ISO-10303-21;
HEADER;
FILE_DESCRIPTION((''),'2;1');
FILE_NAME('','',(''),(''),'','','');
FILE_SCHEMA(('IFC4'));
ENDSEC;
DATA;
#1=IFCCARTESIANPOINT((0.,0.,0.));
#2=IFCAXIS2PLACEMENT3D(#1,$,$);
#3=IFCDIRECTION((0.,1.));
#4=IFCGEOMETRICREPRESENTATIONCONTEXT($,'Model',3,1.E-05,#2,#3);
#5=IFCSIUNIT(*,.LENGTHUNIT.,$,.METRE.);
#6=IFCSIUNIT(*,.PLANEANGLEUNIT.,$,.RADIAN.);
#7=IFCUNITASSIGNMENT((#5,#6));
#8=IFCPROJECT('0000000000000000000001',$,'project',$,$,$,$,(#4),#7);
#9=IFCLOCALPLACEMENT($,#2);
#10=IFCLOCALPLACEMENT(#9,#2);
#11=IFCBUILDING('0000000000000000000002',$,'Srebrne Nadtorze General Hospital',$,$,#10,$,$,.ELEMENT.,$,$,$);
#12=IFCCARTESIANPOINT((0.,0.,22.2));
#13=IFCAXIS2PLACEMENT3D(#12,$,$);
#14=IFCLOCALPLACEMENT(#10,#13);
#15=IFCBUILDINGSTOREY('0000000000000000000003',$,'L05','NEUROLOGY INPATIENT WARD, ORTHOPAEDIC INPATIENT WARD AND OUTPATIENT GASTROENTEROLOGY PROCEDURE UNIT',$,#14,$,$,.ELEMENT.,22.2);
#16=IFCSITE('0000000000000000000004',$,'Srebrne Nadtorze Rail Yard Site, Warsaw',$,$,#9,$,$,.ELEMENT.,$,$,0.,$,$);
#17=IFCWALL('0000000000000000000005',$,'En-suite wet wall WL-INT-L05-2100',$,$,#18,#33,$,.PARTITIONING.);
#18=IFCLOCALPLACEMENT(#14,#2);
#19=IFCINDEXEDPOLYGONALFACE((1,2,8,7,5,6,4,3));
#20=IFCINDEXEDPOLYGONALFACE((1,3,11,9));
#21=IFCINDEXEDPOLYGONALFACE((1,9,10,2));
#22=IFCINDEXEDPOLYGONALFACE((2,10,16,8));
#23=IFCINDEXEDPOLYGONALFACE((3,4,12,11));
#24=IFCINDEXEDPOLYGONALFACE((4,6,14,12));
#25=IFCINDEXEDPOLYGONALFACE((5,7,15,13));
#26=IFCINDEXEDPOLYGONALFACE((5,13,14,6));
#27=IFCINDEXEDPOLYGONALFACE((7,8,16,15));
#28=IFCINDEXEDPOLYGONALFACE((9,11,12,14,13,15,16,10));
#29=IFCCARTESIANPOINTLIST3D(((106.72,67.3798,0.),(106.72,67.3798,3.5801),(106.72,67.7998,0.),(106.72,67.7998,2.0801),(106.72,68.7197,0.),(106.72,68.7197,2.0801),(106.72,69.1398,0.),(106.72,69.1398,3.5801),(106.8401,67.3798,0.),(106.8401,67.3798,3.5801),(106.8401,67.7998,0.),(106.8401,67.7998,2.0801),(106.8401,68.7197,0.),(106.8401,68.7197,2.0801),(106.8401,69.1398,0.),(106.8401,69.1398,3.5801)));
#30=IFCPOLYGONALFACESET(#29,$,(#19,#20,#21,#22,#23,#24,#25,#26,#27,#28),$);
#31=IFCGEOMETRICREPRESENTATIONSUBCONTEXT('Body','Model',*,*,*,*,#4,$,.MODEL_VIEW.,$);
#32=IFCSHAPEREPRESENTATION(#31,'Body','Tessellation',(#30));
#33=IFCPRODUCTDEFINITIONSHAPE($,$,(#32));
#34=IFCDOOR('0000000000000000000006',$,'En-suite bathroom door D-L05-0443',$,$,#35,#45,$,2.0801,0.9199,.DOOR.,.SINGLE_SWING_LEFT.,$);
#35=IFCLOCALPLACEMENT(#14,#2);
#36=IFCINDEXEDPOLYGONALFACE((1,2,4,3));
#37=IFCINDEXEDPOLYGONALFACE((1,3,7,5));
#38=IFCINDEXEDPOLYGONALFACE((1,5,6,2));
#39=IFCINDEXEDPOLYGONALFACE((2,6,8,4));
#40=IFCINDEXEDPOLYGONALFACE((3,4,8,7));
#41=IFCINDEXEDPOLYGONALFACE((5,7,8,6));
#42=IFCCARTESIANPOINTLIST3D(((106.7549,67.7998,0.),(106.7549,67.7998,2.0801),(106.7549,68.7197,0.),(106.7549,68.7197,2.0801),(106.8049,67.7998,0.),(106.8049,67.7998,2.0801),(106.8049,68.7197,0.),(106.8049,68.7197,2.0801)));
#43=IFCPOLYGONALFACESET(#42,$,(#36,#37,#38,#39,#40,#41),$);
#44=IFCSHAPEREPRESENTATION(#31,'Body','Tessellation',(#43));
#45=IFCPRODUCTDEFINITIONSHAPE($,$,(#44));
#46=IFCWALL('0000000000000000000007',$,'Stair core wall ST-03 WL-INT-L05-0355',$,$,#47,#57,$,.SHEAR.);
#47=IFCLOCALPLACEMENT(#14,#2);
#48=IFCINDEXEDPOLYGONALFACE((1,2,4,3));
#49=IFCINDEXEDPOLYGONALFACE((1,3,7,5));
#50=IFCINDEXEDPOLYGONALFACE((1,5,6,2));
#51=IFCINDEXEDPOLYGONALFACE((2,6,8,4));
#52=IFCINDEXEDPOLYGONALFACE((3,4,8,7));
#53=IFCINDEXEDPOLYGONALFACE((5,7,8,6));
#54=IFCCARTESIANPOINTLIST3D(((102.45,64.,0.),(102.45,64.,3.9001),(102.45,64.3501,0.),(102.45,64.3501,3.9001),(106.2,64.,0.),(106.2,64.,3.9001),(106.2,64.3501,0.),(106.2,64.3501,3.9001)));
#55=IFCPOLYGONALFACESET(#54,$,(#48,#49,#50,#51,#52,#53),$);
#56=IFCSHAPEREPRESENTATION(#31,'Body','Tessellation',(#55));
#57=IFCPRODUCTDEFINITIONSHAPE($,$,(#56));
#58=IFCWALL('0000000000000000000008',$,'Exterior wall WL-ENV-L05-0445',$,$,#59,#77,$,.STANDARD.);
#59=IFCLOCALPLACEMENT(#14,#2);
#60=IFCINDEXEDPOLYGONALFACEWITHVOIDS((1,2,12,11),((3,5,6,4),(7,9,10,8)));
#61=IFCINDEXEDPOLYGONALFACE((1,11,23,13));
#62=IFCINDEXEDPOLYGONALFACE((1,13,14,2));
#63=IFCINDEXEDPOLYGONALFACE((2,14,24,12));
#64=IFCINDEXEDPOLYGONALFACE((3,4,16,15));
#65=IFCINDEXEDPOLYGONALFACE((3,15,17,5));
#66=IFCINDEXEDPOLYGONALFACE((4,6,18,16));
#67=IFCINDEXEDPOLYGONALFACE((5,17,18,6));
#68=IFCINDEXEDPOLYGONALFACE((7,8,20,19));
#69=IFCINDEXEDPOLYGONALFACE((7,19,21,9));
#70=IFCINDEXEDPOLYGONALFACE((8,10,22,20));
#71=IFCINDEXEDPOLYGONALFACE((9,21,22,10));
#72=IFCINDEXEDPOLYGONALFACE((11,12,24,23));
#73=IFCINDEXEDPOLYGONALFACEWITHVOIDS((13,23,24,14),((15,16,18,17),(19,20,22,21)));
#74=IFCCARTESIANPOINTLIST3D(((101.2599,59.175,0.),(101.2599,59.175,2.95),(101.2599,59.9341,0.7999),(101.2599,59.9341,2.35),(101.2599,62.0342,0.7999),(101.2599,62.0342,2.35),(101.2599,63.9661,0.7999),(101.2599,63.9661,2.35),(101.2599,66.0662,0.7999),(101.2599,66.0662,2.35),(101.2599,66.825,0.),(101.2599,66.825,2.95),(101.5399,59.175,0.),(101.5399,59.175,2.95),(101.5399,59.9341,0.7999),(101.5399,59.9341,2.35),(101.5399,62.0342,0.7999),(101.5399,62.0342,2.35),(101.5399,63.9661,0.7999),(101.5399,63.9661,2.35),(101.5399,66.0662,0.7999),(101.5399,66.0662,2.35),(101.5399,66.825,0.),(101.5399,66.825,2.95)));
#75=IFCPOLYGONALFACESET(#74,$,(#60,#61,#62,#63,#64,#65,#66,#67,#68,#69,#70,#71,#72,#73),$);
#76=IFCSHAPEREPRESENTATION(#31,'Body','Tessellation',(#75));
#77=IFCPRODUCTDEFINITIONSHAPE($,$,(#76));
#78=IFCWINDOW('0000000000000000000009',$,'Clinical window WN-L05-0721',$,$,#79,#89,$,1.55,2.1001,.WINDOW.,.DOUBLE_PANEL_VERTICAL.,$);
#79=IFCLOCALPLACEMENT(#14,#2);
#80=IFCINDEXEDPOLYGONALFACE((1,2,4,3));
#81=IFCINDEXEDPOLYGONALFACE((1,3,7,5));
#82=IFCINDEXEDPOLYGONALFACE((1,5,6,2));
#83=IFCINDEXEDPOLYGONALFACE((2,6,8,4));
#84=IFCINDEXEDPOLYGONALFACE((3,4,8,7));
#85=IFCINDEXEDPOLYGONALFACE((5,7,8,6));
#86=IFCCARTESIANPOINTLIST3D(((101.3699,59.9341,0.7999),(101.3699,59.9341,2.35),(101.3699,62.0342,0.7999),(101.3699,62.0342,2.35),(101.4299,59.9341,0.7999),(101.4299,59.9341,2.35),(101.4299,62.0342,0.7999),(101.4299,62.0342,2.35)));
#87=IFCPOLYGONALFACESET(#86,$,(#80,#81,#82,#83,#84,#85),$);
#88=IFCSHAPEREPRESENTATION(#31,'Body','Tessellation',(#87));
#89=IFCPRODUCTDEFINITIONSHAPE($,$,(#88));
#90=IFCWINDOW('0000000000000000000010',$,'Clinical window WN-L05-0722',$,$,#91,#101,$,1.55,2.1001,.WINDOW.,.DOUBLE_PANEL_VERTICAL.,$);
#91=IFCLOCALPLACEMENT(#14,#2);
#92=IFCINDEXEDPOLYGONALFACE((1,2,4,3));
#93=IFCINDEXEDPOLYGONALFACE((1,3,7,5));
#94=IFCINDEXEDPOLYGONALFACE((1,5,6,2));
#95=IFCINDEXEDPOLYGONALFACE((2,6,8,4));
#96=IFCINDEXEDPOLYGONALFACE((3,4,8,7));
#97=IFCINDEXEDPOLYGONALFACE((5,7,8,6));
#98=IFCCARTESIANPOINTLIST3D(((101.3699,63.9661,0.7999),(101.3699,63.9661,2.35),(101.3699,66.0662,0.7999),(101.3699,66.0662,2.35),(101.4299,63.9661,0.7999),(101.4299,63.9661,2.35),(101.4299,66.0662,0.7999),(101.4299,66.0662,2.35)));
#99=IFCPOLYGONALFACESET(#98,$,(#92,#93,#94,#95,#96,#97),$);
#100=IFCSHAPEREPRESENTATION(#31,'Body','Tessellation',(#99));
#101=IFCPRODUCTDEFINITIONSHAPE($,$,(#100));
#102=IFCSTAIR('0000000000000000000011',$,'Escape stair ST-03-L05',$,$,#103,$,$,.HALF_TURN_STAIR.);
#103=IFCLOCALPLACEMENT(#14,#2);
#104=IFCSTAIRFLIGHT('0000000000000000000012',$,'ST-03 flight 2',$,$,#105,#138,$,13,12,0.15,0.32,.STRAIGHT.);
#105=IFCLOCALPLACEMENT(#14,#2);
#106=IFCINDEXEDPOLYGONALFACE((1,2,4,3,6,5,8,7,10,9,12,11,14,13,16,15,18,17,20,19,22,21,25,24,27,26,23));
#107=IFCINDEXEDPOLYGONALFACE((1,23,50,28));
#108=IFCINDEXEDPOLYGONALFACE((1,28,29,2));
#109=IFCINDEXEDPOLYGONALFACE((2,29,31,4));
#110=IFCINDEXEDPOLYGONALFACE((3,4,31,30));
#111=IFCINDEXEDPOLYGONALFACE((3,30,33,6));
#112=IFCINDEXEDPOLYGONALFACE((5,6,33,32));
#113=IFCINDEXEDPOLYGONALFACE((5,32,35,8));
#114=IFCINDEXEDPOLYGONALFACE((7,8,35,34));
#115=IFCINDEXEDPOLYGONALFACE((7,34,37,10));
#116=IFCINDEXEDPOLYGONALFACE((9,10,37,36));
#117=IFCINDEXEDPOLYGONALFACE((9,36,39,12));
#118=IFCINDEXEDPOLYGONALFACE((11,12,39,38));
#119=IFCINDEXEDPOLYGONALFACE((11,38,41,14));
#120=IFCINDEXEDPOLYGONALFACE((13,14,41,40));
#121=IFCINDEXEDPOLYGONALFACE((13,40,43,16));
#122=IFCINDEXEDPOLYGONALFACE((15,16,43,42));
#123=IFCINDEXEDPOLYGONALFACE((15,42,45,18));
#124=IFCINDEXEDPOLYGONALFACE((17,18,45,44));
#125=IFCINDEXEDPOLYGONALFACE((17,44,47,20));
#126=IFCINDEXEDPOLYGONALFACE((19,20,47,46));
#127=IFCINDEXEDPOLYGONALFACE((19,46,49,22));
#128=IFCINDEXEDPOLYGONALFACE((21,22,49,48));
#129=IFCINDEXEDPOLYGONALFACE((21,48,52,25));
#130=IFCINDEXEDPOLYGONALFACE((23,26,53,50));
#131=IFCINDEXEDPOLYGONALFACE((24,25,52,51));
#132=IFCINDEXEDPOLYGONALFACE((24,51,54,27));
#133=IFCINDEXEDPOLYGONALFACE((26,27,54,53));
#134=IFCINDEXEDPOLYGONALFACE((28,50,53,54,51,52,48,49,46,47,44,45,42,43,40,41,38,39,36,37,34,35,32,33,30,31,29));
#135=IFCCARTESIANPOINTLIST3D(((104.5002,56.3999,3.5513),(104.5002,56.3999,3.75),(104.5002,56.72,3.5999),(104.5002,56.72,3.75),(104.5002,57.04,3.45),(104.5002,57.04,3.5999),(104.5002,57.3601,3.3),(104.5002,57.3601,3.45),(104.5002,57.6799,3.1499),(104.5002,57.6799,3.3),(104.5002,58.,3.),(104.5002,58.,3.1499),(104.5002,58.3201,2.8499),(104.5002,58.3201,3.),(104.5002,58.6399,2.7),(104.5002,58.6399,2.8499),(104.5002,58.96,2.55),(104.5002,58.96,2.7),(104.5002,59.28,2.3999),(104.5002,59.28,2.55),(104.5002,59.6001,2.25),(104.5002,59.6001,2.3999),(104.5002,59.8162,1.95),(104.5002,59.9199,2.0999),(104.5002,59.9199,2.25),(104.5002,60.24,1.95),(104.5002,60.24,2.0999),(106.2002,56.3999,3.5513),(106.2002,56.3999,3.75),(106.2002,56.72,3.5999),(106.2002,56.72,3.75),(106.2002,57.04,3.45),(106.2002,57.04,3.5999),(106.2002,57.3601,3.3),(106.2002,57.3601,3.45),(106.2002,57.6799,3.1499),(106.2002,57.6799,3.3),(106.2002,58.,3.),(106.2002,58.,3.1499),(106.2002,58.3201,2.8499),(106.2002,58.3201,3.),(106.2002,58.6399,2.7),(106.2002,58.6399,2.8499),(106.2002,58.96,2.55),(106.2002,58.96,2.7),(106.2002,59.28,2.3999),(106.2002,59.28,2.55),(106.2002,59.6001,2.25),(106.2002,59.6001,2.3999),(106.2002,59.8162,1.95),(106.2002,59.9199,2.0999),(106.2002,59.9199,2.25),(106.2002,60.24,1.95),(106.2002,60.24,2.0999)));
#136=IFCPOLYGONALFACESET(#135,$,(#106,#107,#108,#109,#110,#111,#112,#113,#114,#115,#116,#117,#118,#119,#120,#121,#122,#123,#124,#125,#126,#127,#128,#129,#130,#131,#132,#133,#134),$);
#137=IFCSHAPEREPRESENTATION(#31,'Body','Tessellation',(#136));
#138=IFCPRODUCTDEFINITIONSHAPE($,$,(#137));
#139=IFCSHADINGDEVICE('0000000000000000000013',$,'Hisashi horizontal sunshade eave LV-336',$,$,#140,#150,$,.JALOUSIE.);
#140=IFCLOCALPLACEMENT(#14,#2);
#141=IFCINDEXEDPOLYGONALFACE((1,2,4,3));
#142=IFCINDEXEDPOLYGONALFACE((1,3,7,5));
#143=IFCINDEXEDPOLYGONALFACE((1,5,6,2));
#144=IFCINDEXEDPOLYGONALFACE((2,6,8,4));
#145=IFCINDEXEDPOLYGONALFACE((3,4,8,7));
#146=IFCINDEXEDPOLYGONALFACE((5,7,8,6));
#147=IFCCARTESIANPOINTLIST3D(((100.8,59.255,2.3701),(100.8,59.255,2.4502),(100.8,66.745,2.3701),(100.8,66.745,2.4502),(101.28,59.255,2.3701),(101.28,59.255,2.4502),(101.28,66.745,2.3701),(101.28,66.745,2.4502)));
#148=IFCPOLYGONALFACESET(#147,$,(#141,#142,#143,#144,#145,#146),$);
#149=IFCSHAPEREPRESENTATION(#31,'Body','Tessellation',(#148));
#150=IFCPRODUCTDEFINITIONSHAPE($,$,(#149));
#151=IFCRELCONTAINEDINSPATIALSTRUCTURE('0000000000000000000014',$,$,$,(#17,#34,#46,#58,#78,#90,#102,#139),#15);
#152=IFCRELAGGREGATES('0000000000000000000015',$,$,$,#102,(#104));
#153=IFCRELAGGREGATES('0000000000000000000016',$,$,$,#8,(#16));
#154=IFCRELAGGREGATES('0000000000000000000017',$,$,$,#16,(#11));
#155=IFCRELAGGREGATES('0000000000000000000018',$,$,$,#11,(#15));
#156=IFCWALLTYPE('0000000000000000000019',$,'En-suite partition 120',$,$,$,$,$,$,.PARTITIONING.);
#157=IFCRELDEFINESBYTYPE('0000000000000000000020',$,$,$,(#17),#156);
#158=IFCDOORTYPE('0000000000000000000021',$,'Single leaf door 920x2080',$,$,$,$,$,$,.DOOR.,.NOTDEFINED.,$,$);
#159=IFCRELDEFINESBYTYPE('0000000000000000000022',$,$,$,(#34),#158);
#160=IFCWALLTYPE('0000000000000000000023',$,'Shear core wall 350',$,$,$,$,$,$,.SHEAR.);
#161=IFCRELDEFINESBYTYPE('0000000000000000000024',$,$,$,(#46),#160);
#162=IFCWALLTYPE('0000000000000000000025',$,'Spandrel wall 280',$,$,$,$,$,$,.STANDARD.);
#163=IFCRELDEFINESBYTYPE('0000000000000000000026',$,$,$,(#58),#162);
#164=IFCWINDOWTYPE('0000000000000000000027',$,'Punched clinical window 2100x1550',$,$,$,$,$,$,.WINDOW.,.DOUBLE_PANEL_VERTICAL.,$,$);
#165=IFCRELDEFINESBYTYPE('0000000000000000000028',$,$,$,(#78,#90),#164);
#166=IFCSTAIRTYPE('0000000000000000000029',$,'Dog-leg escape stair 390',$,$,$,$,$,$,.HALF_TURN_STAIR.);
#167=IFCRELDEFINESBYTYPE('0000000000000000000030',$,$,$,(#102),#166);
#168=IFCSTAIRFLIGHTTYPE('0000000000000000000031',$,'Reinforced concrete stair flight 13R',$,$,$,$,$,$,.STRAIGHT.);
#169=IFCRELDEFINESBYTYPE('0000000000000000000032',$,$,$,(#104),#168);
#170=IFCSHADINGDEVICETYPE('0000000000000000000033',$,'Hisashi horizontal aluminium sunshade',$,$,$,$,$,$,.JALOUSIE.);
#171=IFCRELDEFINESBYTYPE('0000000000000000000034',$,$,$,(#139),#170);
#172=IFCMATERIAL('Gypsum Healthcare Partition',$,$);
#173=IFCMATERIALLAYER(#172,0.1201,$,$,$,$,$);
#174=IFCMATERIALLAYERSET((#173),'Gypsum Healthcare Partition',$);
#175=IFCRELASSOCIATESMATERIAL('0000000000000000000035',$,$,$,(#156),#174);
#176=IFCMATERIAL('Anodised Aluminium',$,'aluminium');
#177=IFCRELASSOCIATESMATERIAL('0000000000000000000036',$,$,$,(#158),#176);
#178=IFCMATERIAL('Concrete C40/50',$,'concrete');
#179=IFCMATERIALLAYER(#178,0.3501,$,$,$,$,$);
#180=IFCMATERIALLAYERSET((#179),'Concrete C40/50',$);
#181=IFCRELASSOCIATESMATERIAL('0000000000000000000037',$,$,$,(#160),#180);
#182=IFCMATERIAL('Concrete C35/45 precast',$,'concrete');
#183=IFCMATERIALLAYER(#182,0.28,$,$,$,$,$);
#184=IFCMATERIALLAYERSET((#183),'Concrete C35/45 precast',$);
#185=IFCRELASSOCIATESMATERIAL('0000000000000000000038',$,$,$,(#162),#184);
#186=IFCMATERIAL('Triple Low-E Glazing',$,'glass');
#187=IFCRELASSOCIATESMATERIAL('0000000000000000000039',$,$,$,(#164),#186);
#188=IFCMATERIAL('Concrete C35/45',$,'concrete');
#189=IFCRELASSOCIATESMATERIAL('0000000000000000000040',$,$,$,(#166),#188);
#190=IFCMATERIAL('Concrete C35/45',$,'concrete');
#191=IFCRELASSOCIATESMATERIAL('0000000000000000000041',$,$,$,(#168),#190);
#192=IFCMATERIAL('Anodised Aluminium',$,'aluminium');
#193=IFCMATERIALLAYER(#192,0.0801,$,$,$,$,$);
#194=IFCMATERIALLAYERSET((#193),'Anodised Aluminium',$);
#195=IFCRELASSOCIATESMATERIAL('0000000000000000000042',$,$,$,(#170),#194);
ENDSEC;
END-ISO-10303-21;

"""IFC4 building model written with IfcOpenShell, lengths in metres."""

from ifc_helpers import new_model, si_unit, direction, frame, frame_2d, origin, origin_2d, place, context, subcontext, project, spatial, polyline, rectangle, outline, extrude, material, layer, layer_set, type_object, element, fill, aggregate, save


model = new_model("IFC4")

# Units and contexts
model_context = context("Model", 3, precision=1e-05, world=origin(), true_north=direction((0.0, 1.0)))
body_context = subcontext(model_context, "Body", "Model", "MODEL_VIEW")
ifc_project = project(units=[si_unit("LENGTHUNIT", "METRE"), si_unit("PLANEANGLEUNIT", "RADIAN")], contexts=[model_context])

# Site, building, storey
site_placement = place(None, origin())
site = spatial("IfcSite", under=ifc_project, at=site_placement, Name="Srebrne Nadtorze Rail Yard Site, Warsaw", CompositionType="ELEMENT", RefElevation=0.0)
building_placement = place(site_placement, origin())
building = spatial("IfcBuilding", under=site, at=building_placement, Name="Srebrne Nadtorze General Hospital", CompositionType="ELEMENT")
storey_placement = place(building_placement, frame((0.0, 0.0, 22.2)))
storey = spatial("IfcBuildingStorey", under=building, at=storey_placement, Name="L05", Description="NEUROLOGY INPATIENT WARD, ORTHOPAEDIC INPATIENT WARD AND OUTPATIENT GASTROENTEROLOGY PROCEDURE UNIT", CompositionType="ELEMENT", Elevation=22.2)

# Shared definitions
ifc_material_1 = material(Name="Gypsum Healthcare Partition")
ifc_layer_1 = layer(ifc_material_1, 0.1201)
ifc_layer_set_1 = layer_set([ifc_layer_1], Name="Gypsum Healthcare Partition")
wall_type_1 = type_object("IfcWallType", Name="En-suite partition 120", PredefinedType="PARTITIONING", material=ifc_layer_set_1)

# Wall, opening, door
wall_1_placement = place(storey_placement, frame((106.78, 67.3799, 0.0), z_axis=(0.0, 0.0, 1.0), x_axis=(0.0, 1.0, 0.0)))
wall_1 = element("IfcWall", 1, at=wall_1_placement, inside=storey, type_object=wall_type_1, Name="En-suite wet wall WL-INT-L05-2100", PredefinedType="PARTITIONING", context=body_context, shape_type="SweptSolid", body=[
    extrude(rectangle(XDim=1.76, YDim=0.1201, at=frame_2d((0.8799, 0.0))), origin(), (0.0, 0.0, 1.0), 3.5801),
])
opening_1_placement = place(wall_1_placement, frame((0.4199, 0.0, 0.0)))
opening_1 = element("IfcOpeningElement", 2, at=opening_1_placement, cuts=wall_1, PredefinedType="OPENING", context=body_context, shape_type="SweptSolid", body=[
    extrude(rectangle(XDim=0.9199, YDim=2.0801, at=frame_2d((0.46, 1.04))), frame((0.0, 0.072, 0.0), z_axis=(0.0, -1.0, 0.0), x_axis=(1.0, 0.0, 0.0)), (0.0, 0.0, 1.0), 0.144),
])
ifc_material_2 = material(Name="Anodised Aluminium", Category="aluminium")
door_type = type_object("IfcDoorType", Name="Single leaf door 920x2080", OperationType="NOTDEFINED", PredefinedType="DOOR", material=ifc_material_2)
door_placement = place(opening_1_placement, frame((0.9199, 0.0, 0.0), z_axis=(0.0, 0.0, 1.0), x_axis=(-1.0, 0.0, 0.0)))
door = element("IfcDoor", 3, at=door_placement, inside=storey, type_object=door_type, Name="En-suite bathroom door D-L05-0443", OperationType="SINGLE_SWING_LEFT", OverallHeight=2.0801, OverallWidth=0.9199, PredefinedType="DOOR", context=body_context, shape_type="SweptSolid", body=[
    extrude(rectangle(XDim=0.9199, YDim=2.0801, at=frame_2d((0.46, 1.04))), frame((0.0, 0.0249, 0.0), z_axis=(0.0, -1.0, 0.0), x_axis=(1.0, 0.0, 0.0)), (0.0, 0.0, 1.0), 0.05),
])
fill(opening_1, door)

# Wall
ifc_material_3 = material(Name="Concrete C40/50", Category="concrete")
ifc_layer_2 = layer(ifc_material_3, 0.3501)
ifc_layer_set_2 = layer_set([ifc_layer_2], Name="Concrete C40/50")
wall_type_2 = type_object("IfcWallType", Name="Shear core wall 350", PredefinedType="SHEAR", material=ifc_layer_set_2)
wall_2_placement = place(storey_placement, frame((102.45, 64.175, 0.0), z_axis=(0.0, 0.0, 1.0), x_axis=(1.0, 0.0, 0.0)))
element("IfcWall", 4, at=wall_2_placement, inside=storey, type_object=wall_type_2, Name="Stair core wall ST-03 WL-INT-L05-0355", PredefinedType="SHEAR", context=body_context, shape_type="SweptSolid", body=[
    extrude(rectangle(XDim=3.75, YDim=0.3501, at=frame_2d((1.875, 0.0))), origin(), (0.0, 0.0, 1.0), 3.9001),
])

# Wall, openings, windows
ifc_material_4 = material(Name="Concrete C35/45 precast", Category="concrete")
ifc_layer_3 = layer(ifc_material_4, 0.28)
ifc_layer_set_3 = layer_set([ifc_layer_3], Name="Concrete C35/45 precast")
wall_type_3 = type_object("IfcWallType", Name="Spandrel wall 280", PredefinedType="STANDARD", material=ifc_layer_set_3)
wall_3_placement = place(storey_placement, frame((101.3999, 59.175, 0.0), z_axis=(0.0, 0.0, 1.0), x_axis=(0.0, 1.0, 0.0)))
wall_3 = element("IfcWall", 5, at=wall_3_placement, inside=storey, type_object=wall_type_3, Name="Exterior wall WL-ENV-L05-0445", PredefinedType="STANDARD", context=body_context, shape_type="SweptSolid", body=[
    extrude(rectangle(XDim=7.6499, YDim=0.28, at=frame_2d((3.825, 0.0))), origin(), (0.0, 0.0, 1.0), 2.95),
])
opening_2_placement = place(wall_3_placement, frame((0.759, 0.0, 0.8)))
opening_2 = element("IfcOpeningElement", 6, at=opening_2_placement, cuts=wall_3, PredefinedType="OPENING", context=body_context, shape_type="SweptSolid", body=[
    extrude(rectangle(XDim=2.1001, YDim=1.55, at=frame_2d((1.05, 0.7749))), frame((0.0, 0.1519, 0.0), z_axis=(0.0, -1.0, 0.0), x_axis=(1.0, 0.0, 0.0)), (0.0, 0.0, 1.0), 0.304),
])
opening_3_placement = place(wall_3_placement, frame((4.791, 0.0, 0.8)))
opening_3 = element("IfcOpeningElement", 7, at=opening_3_placement, cuts=wall_3, PredefinedType="OPENING", context=body_context, shape_type="SweptSolid", body=[
    extrude(rectangle(XDim=2.1001, YDim=1.55, at=frame_2d((1.05, 0.7749))), frame((0.0, 0.1519, 0.0), z_axis=(0.0, -1.0, 0.0), x_axis=(1.0, 0.0, 0.0)), (0.0, 0.0, 1.0), 0.304),
])
ifc_material_5 = material(Name="Triple Low-E Glazing", Category="glass")
window_type = type_object("IfcWindowType", Name="Punched clinical window 2100x1550", PartitioningType="DOUBLE_PANEL_VERTICAL", PredefinedType="WINDOW", material=ifc_material_5)
window_1_placement = place(opening_2_placement, origin())
window_1 = element("IfcWindow", 8, at=window_1_placement, inside=storey, type_object=window_type, Name="Clinical window WN-L05-0721", OverallHeight=1.55, OverallWidth=2.1001, PartitioningType="DOUBLE_PANEL_VERTICAL", PredefinedType="WINDOW", context=body_context, shape_type="SweptSolid", body=[
    extrude(rectangle(XDim=2.1001, YDim=1.55, at=frame_2d((1.05, 0.7749))), frame((0.0, 0.03, 0.0), z_axis=(0.0, -1.0, 0.0), x_axis=(1.0, 0.0, 0.0)), (0.0, 0.0, 1.0), 0.0601),
])
fill(opening_2, window_1)
window_2_placement = place(opening_3_placement, origin())
window_2 = element("IfcWindow", 9, at=window_2_placement, inside=storey, type_object=window_type, Name="Clinical window WN-L05-0722", OverallHeight=1.55, OverallWidth=2.1001, PartitioningType="DOUBLE_PANEL_VERTICAL", PredefinedType="WINDOW", context=body_context, shape_type="SweptSolid", body=[
    extrude(rectangle(XDim=2.1001, YDim=1.55, at=frame_2d((1.05, 0.7749))), frame((0.0, 0.03, 0.0), z_axis=(0.0, -1.0, 0.0), x_axis=(1.0, 0.0, 0.0)), (0.0, 0.0, 1.0), 0.0601),
])
fill(opening_3, window_2)

# Stair, stair flight
ifc_material_6 = material(Name="Concrete C35/45", Category="concrete")
stair_type = type_object("IfcStairType", Name="Dog-leg escape stair 390", PredefinedType="HALF_TURN_STAIR", material=ifc_material_6)
stair_placement = place(storey_placement, origin())
stair = element("IfcStair", 10, at=stair_placement, inside=storey, type_object=stair_type, Name="Escape stair ST-03-L05", PredefinedType="HALF_TURN_STAIR")
ifc_material_7 = material(Name="Concrete C35/45", Category="concrete")
stair_flight_type = type_object("IfcStairFlightType", Name="Reinforced concrete stair flight 13R", PredefinedType="STRAIGHT", material=ifc_material_7)
stair_flight_placement = place(storey_placement, frame((105.3501, 60.24, 1.95), z_axis=(0.0, 0.0, 1.0), x_axis=(0.0, -1.0, 0.0)))
stair_flight = element("IfcStairFlight", 11, at=stair_flight_placement, type_object=stair_flight_type, Name="ST-03 flight 2", NumberOfRisers=13, NumberOfTreads=12, PredefinedType="STRAIGHT", RiserHeight=0.15, TreadLength=0.32, context=body_context, shape_type="SweptSolid", body=[
    extrude(outline(polyline([(0.0, 0.0), (0.0, 0.1499), (0.3201, 0.1499), (0.3201, 0.3), (0.6399, 0.3), (0.6399, 0.45), (0.96, 0.45), (0.96, 0.6001), (1.28, 0.6001), (1.28, 0.75), (1.6001, 0.75), (1.6001, 0.8999), (1.9199, 0.8999), (1.9199, 1.05), (2.24, 1.05), (2.24, 1.2), (2.5601, 1.2), (2.5601, 1.3501), (2.8799, 1.3501), (2.8799, 1.5), (3.2, 1.5), (3.2, 1.6499), (3.52, 1.6499), (3.52, 1.8), (3.8401, 1.8), (3.8401, 1.95), (3.8401, 1.6013), (0.4238, 0.0), (0.0, 0.0)])), frame((0.0, 0.8501, 0.0), z_axis=(0.0, -1.0, 0.0), x_axis=(1.0, 0.0, 0.0)), (0.0, 0.0, 1.0), 1.7),
])
aggregate(stair, [stair_flight])

# Shading device
ifc_material_8 = material(Name="Anodised Aluminium", Category="aluminium")
ifc_layer_4 = layer(ifc_material_8, 0.0801)
ifc_layer_set_4 = layer_set([ifc_layer_4], Name="Anodised Aluminium")
shading_device_type = type_object("IfcShadingDeviceType", Name="Hisashi horizontal aluminium sunshade", PredefinedType="JALOUSIE", material=ifc_layer_set_4)
shading_device_placement = place(storey_placement, frame((101.04, 63.0, 2.3701), z_axis=(0.0, 0.0, 1.0), x_axis=(1.0, 0.0, 0.0)))
element("IfcShadingDevice", 12, at=shading_device_placement, inside=storey, type_object=shading_device_type, Name="Hisashi horizontal sunshade eave LV-336", PredefinedType="JALOUSIE", context=body_context, shape_type="SweptSolid", body=[
    extrude(rectangle(XDim=0.48, YDim=7.49, at=origin_2d()), origin(), (0.0, 0.0, 1.0), 0.0801),
])

save(model, "model.ifc")
